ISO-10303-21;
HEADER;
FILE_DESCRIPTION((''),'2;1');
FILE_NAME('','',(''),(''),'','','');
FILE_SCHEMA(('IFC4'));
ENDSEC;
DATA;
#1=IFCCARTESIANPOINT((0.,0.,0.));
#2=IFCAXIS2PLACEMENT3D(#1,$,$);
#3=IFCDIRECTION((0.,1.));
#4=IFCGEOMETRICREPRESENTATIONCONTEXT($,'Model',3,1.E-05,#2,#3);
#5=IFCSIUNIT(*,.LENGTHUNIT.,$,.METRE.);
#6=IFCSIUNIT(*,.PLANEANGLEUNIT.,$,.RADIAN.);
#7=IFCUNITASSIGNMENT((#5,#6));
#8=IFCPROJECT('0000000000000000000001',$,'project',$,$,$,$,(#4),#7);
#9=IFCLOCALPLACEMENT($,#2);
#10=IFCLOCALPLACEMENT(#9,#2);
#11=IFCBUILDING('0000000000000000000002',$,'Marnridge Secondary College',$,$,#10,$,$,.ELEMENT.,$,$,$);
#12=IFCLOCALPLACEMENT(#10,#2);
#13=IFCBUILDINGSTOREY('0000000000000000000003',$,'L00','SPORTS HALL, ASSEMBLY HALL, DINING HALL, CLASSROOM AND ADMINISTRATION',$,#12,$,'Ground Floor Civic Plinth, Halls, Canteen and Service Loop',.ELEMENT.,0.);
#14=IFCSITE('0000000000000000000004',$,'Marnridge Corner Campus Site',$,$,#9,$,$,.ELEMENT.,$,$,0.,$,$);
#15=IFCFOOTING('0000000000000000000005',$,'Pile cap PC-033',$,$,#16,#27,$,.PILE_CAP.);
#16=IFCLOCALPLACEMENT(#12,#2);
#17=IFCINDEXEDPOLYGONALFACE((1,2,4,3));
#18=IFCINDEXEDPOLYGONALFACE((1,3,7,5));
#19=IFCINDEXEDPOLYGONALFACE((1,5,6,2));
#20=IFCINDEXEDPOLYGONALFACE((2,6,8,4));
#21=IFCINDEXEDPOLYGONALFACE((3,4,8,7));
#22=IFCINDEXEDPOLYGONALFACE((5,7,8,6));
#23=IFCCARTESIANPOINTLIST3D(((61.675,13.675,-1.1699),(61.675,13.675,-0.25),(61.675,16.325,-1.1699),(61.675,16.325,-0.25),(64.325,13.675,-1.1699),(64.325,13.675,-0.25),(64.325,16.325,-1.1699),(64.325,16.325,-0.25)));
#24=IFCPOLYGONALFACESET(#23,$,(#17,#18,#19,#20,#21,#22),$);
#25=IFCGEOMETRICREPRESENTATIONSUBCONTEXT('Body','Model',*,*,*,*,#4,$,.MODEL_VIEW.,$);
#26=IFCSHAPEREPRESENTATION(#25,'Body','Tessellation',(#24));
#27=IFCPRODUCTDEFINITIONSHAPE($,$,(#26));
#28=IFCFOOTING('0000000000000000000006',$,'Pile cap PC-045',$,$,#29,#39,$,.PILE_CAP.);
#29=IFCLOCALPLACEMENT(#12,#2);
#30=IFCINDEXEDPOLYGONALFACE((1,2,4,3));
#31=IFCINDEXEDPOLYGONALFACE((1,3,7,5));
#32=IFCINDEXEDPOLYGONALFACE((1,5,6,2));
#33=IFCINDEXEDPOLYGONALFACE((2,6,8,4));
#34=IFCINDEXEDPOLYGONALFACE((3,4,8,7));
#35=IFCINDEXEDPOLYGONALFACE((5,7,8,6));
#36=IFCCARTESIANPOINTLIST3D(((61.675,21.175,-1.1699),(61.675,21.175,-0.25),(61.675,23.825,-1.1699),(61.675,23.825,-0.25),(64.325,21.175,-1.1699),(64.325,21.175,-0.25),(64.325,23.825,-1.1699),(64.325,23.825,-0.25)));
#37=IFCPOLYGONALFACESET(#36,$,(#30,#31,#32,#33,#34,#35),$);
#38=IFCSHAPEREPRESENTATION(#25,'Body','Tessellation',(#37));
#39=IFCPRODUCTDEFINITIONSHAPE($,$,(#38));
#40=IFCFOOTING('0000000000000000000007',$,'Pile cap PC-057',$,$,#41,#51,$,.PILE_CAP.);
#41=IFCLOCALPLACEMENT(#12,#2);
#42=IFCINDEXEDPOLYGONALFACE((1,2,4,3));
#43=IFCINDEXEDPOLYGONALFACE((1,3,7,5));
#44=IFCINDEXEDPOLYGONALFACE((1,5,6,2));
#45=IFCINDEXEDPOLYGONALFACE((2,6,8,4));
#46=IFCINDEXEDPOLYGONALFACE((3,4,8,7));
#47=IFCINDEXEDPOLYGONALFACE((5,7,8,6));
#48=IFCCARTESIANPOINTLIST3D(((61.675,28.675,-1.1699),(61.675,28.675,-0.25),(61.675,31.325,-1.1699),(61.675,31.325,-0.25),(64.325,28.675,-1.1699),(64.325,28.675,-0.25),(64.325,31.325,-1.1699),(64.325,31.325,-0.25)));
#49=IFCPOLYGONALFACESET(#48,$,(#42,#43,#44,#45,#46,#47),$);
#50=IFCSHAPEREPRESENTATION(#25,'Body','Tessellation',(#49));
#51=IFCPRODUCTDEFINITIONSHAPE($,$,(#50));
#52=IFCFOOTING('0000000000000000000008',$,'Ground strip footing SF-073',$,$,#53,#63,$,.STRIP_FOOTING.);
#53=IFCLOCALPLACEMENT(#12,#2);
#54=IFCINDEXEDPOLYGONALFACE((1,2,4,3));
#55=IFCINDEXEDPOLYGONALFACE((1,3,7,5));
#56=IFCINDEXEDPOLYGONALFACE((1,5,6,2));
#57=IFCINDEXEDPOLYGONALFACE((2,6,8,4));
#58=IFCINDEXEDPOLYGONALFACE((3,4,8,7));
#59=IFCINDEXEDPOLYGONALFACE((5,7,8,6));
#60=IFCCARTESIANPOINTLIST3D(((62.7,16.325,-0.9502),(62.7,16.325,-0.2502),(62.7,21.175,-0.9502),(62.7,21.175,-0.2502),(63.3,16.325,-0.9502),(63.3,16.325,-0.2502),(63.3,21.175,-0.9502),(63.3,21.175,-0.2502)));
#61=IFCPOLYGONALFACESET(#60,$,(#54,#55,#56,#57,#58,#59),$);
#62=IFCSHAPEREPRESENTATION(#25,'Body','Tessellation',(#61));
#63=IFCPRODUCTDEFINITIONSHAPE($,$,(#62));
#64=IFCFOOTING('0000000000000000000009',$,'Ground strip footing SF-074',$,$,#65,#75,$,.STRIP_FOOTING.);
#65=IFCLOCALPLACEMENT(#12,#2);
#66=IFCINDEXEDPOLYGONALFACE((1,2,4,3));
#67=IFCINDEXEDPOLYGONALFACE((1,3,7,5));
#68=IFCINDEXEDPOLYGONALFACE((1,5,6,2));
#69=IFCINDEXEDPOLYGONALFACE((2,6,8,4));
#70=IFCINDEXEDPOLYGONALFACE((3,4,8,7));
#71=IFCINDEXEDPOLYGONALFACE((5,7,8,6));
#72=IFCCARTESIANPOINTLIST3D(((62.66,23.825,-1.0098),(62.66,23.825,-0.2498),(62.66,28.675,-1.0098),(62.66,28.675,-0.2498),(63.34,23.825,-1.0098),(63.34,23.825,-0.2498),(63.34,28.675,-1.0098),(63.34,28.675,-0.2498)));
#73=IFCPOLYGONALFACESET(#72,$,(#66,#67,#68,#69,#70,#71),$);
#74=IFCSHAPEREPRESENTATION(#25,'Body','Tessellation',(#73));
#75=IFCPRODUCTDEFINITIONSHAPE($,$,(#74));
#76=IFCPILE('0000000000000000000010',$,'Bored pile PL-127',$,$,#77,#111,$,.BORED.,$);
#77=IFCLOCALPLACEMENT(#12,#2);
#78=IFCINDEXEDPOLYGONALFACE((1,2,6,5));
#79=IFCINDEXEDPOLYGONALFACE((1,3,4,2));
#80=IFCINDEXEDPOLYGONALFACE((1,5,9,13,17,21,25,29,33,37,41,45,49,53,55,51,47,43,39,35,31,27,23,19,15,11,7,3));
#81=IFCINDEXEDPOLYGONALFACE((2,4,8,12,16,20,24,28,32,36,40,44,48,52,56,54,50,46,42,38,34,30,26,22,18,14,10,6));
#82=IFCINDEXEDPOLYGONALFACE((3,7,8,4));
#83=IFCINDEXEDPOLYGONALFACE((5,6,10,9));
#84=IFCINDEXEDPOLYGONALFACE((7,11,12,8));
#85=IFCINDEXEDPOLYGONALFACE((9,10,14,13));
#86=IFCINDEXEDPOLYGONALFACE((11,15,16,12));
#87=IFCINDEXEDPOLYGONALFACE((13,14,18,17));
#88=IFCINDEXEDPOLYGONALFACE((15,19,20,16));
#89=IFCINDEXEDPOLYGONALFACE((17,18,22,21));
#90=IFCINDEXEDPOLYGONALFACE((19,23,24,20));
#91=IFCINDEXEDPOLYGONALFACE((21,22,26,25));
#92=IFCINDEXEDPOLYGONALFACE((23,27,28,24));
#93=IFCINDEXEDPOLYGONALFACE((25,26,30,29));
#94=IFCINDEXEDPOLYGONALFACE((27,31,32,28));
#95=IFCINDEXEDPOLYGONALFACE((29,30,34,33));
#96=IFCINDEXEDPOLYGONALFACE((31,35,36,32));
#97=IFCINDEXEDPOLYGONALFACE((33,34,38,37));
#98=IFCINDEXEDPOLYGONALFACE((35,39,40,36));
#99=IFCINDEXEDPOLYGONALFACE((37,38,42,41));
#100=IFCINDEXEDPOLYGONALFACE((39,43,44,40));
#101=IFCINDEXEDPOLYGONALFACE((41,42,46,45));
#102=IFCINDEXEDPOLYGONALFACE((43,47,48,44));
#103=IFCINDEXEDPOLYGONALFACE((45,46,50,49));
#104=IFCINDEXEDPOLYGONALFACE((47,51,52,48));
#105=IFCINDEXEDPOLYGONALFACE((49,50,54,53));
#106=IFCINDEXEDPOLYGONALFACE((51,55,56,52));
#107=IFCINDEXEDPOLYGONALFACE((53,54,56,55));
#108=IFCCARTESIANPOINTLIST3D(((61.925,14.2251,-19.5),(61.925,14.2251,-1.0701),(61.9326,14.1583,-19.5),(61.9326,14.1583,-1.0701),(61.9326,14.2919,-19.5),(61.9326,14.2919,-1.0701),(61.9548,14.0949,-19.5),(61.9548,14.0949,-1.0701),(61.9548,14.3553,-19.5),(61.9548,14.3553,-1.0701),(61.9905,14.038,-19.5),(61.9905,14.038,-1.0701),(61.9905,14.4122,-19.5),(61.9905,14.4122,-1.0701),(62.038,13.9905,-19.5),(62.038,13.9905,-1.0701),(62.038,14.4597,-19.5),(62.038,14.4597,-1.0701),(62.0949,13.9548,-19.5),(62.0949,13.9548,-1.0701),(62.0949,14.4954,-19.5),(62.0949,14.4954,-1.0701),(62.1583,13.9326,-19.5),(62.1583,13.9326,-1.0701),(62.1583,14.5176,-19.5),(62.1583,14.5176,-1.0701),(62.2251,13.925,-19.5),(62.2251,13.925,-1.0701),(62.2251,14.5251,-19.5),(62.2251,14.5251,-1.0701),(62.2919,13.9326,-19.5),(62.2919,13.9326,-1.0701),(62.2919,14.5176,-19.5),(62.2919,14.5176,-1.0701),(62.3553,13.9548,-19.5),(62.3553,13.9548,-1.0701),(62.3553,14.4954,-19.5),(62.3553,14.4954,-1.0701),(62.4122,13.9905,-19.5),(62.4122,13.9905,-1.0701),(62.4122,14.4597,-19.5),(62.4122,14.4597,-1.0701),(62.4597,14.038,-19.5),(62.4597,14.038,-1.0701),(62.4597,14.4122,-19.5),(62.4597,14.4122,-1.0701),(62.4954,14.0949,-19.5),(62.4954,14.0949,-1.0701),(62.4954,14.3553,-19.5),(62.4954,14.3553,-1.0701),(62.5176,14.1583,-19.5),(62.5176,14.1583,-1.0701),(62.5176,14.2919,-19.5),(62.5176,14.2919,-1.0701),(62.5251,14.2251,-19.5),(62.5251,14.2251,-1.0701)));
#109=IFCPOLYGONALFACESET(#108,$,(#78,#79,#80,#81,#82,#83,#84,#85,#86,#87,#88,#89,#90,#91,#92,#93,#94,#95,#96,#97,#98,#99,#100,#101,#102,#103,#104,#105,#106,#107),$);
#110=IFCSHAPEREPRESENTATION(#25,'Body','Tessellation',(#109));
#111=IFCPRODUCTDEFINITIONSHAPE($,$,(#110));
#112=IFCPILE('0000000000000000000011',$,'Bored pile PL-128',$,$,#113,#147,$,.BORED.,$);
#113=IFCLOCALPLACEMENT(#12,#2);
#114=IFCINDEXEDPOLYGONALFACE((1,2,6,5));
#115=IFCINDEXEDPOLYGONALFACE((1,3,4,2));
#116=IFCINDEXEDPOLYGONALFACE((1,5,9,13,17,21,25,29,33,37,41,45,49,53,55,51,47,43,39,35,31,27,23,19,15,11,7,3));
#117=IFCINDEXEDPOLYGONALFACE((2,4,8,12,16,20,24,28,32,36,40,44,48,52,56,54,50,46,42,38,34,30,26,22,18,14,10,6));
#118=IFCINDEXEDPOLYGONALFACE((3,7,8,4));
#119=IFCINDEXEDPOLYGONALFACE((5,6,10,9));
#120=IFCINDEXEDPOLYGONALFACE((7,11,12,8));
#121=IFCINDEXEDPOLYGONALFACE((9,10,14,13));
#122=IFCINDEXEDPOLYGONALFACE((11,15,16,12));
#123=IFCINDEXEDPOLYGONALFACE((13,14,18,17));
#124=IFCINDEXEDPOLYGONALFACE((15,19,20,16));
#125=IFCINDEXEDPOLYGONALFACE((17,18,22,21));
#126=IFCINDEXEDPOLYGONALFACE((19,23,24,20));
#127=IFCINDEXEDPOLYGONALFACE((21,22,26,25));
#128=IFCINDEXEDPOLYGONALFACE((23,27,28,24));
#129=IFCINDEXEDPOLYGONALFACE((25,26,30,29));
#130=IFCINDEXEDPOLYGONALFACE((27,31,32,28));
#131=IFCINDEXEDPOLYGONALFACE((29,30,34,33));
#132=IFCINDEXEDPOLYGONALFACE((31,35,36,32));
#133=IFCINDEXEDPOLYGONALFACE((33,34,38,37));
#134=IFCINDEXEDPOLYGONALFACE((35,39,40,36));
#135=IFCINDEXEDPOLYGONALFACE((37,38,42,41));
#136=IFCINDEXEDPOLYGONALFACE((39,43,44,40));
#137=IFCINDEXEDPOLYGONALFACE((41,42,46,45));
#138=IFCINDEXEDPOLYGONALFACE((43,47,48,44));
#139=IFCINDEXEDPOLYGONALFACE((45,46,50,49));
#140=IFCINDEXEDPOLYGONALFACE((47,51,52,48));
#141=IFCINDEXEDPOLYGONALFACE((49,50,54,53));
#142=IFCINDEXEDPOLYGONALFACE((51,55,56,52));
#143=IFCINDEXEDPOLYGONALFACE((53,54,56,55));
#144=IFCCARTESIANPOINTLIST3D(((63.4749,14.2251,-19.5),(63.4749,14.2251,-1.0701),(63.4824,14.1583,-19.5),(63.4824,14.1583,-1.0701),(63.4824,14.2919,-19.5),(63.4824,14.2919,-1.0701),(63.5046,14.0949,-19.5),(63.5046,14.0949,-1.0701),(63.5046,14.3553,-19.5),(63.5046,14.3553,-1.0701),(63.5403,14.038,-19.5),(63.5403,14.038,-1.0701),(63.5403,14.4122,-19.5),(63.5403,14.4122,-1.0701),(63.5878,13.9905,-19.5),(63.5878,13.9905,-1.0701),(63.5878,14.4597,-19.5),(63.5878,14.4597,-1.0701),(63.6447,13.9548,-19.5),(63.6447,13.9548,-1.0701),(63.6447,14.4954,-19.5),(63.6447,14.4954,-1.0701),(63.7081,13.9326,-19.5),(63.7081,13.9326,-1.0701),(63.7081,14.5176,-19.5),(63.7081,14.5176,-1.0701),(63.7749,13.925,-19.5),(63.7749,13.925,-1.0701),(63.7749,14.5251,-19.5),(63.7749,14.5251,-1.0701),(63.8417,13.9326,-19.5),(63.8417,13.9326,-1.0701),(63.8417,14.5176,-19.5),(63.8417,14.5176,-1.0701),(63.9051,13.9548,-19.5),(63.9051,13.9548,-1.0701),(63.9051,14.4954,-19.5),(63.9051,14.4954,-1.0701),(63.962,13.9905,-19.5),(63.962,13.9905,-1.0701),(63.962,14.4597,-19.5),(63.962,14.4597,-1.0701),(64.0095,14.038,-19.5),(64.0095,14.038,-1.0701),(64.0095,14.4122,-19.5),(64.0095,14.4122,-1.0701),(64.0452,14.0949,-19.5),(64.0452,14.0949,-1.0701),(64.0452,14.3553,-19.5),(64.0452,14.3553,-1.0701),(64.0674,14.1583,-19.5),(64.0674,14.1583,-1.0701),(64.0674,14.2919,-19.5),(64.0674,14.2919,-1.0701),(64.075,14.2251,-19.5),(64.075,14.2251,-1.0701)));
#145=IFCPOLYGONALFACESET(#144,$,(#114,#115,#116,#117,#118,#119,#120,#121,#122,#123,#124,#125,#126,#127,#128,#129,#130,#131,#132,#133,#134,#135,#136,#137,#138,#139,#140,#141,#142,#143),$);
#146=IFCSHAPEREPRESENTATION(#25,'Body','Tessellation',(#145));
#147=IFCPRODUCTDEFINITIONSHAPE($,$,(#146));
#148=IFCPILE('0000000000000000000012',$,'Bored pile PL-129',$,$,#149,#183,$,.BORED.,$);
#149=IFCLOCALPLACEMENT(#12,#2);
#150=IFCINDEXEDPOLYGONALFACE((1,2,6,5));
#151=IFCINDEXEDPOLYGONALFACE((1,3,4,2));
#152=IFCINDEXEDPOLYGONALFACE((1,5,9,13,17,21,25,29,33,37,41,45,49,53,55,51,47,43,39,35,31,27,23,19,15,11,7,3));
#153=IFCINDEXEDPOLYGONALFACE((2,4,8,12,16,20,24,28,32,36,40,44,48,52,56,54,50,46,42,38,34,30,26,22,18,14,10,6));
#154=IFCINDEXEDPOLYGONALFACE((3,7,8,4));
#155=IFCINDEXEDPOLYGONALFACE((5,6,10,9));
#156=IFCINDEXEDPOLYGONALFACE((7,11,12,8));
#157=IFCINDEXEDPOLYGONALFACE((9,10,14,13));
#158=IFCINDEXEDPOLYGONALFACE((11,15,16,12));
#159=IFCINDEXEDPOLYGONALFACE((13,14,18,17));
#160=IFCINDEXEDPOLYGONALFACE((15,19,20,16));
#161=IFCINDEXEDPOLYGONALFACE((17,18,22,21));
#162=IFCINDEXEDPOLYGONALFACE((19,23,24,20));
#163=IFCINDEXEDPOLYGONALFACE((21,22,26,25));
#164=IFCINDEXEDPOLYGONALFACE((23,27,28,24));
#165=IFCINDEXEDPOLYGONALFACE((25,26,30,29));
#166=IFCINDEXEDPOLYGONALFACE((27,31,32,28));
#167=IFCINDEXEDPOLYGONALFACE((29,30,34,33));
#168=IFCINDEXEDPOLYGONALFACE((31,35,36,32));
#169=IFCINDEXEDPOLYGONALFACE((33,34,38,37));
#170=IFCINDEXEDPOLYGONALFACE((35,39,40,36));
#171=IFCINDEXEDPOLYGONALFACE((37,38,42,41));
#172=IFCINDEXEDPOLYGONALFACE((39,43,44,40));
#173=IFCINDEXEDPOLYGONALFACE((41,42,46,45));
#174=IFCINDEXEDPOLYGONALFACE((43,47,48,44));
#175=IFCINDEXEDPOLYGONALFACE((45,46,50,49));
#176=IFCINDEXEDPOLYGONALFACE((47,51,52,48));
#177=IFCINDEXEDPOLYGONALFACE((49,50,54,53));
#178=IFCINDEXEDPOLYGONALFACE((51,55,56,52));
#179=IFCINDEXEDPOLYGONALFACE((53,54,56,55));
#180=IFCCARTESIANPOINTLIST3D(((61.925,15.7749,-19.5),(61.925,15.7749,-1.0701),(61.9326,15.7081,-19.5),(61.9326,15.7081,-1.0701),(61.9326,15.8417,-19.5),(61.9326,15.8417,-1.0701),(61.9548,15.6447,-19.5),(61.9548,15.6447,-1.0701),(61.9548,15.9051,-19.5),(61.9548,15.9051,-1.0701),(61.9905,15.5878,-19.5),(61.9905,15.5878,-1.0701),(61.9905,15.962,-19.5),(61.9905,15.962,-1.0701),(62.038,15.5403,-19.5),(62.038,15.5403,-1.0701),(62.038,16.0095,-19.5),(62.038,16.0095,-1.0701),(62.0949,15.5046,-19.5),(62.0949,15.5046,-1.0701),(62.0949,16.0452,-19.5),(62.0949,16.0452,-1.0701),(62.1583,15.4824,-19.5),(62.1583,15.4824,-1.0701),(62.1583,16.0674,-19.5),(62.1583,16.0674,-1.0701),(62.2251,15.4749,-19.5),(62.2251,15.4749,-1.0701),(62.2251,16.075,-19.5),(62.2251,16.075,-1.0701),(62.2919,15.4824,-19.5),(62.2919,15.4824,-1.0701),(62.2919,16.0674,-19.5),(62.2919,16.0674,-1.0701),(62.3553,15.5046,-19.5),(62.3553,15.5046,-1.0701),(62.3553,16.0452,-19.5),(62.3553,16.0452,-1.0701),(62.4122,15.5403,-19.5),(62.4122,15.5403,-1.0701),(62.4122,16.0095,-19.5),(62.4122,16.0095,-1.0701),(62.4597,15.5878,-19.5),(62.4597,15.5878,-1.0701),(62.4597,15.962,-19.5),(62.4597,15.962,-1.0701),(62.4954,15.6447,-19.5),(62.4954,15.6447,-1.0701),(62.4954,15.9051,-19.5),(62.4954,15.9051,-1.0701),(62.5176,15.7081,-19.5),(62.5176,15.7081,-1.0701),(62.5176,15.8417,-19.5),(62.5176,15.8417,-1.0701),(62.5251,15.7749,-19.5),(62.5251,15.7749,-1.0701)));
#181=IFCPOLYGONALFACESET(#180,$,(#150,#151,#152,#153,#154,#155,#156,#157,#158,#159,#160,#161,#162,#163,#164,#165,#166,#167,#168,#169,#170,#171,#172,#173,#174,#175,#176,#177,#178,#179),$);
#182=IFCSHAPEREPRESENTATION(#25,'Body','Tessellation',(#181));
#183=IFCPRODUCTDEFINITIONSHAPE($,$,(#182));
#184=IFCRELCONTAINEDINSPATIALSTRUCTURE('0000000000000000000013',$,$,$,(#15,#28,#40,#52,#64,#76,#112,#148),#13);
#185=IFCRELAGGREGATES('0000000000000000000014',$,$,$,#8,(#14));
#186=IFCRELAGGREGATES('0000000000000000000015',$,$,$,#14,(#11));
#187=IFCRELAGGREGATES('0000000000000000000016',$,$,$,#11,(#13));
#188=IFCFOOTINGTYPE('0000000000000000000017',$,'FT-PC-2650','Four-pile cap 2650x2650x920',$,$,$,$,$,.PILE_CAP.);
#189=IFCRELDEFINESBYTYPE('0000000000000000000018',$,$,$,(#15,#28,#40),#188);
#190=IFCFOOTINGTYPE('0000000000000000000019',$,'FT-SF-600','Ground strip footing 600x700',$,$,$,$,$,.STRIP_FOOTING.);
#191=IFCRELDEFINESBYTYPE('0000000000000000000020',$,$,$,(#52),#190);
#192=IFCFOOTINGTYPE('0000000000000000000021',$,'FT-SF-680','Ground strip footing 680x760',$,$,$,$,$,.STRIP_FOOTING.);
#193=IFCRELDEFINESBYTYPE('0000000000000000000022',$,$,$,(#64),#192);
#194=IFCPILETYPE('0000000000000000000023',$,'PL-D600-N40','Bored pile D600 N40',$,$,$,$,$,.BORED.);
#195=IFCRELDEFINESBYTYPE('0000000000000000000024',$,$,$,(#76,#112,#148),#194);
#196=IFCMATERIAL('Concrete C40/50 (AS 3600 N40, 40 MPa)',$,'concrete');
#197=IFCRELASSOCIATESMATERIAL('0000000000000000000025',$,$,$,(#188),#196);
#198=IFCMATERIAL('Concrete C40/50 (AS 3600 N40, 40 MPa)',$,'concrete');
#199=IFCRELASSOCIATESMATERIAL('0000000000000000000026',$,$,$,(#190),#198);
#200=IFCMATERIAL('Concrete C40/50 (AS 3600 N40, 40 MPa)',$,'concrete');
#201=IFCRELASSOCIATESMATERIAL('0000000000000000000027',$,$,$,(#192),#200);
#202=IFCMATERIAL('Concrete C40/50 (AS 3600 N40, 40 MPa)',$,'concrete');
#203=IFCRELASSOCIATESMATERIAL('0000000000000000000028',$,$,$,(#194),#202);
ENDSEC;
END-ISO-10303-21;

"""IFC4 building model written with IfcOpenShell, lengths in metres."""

from ifc_helpers import new_model, si_unit, direction, frame, origin, origin_2d, place, context, subcontext, project, spatial, rectangle, circle, extrude, material, material_profile, profile_set, type_object, element, save


model = new_model("IFC4")

# Units and contexts
model_context = context("Model", 3, precision=1e-05, world=origin(), true_north=direction((0.0, 1.0)))
body_context = subcontext(model_context, "Body", "Model", "MODEL_VIEW")
ifc_project = project(units=[si_unit("LENGTHUNIT", "METRE"), si_unit("PLANEANGLEUNIT", "RADIAN")], contexts=[model_context])

# Site, building, storey
site_placement = place(None, origin())
site = spatial("IfcSite", under=ifc_project, at=site_placement, Name="Marnridge Corner Campus Site", CompositionType="ELEMENT", RefElevation=0.0)
building_placement = place(site_placement, origin())
building = spatial("IfcBuilding", under=site, at=building_placement, Name="Marnridge Secondary College", CompositionType="ELEMENT")
storey_placement = place(building_placement, origin())
storey = spatial("IfcBuildingStorey", under=building, at=storey_placement, Name="L00", Description="SPORTS HALL, ASSEMBLY HALL, DINING HALL, CLASSROOM AND ADMINISTRATION", LongName="Ground Floor Civic Plinth, Halls, Canteen and Service Loop", CompositionType="ELEMENT", Elevation=0.0)

# Footings
ifc_material_1 = material(Name="Concrete C40/50 (AS 3600 N40, 40 MPa)", Category="concrete")
footing_type_1 = type_object("IfcFootingType", Name="FT-PC-2650", Description="Four-pile cap 2650x2650x920", PredefinedType="PILE_CAP", material=ifc_material_1)
for number, where, z_axis, x_axis, name in (
    (1, (63.0, 15.0, -1.1699), (0.0, 0.0, 1.0), (1.0, 0.0, 0.0), "Pile cap PC-033"),
    (2, (63.0, 22.5, -1.1699), (0.0, 0.0, 1.0), (1.0, 0.0, 0.0), "Pile cap PC-045"),
    (3, (63.0, 30.0, -1.1699), (0.0, 0.0, 1.0), (1.0, 0.0, 0.0), "Pile cap PC-057"),
):
    element("IfcFooting", number, at=place(storey_placement, frame(where, z_axis=z_axis, x_axis=x_axis)), inside=storey, type_object=footing_type_1, Name=name, PredefinedType="PILE_CAP", context=body_context, shape_type="SweptSolid", body=[
        extrude(rectangle(XDim=2.6499, YDim=2.6499, at=origin_2d()), origin(), (0.0, 0.0, 1.0), 0.9199),
    ])
ifc_material_2 = material(Name="Concrete C40/50 (AS 3600 N40, 40 MPa)", Category="concrete")
footing_type_2 = type_object("IfcFootingType", Name="FT-SF-600", Description="Ground strip footing 600x700", PredefinedType="STRIP_FOOTING", material=ifc_material_2)
footing_1_placement = place(storey_placement, frame((63.0, 18.75, -0.9502), z_axis=(0.0, 0.0, 1.0), x_axis=(1.0, 0.0, 0.0)))
element("IfcFooting", 4, at=footing_1_placement, inside=storey, type_object=footing_type_2, Name="Ground strip footing SF-073", PredefinedType="STRIP_FOOTING", context=body_context, shape_type="SweptSolid", body=[
    extrude(rectangle(XDim=0.6001, YDim=4.8501, at=origin_2d()), origin(), (0.0, 0.0, 1.0), 0.7),
])
ifc_material_3 = material(Name="Concrete C40/50 (AS 3600 N40, 40 MPa)", Category="concrete")
footing_type_3 = type_object("IfcFootingType", Name="FT-SF-680", Description="Ground strip footing 680x760", PredefinedType="STRIP_FOOTING", material=ifc_material_3)
footing_2_placement = place(storey_placement, frame((63.0, 26.25, -1.0098), z_axis=(0.0, 0.0, 1.0), x_axis=(1.0, 0.0, 0.0)))
element("IfcFooting", 5, at=footing_2_placement, inside=storey, type_object=footing_type_3, Name="Ground strip footing SF-074", PredefinedType="STRIP_FOOTING", context=body_context, shape_type="SweptSolid", body=[
    extrude(rectangle(XDim=0.6799, YDim=4.8501, at=origin_2d()), origin(), (0.0, 0.0, 1.0), 0.76),
])

# Piles
ifc_material_4 = material(Name="Concrete C40/50 (AS 3600 N40, 40 MPa)", Category="concrete")
ifc_material_profile_1 = material_profile(ifc_material_4, circle(Radius=0.3, at=origin_2d()), Name="PILE D600")
ifc_profile_set_1 = profile_set([ifc_material_profile_1], Name="Concrete C40/50 (AS 3600 N40, 40 MPa)")
pile_type = type_object("IfcPileType", Name="PL-D600-N40", Description="Bored pile D600 N40", PredefinedType="BORED", material=ifc_profile_set_1)
for number, where, z_axis, x_axis, name in (
    (6, (62.2251, 14.2251, -1.0701), (0.0, 0.0, -1.0), (1.0, 0.0, 0.0), "Bored pile PL-127"),
    (7, (63.7749, 14.2251, -1.0701), (0.0, 0.0, -1.0), (1.0, 0.0, 0.0), "Bored pile PL-128"),
    (8, (62.2251, 15.7749, -1.0701), (0.0, 0.0, -1.0), (1.0, 0.0, 0.0), "Bored pile PL-129"),
):
    element("IfcPile", number, at=place(storey_placement, frame(where, z_axis=z_axis, x_axis=x_axis)), inside=storey, type_object=pile_type, Name=name, PredefinedType="BORED", context=body_context, shape_type="SweptSolid", body=[
        extrude(circle(Radius=0.3, at=origin_2d()), origin(), (0.0, 0.0, 1.0), 18.4299),
    ])

save(model, "model.ifc")
